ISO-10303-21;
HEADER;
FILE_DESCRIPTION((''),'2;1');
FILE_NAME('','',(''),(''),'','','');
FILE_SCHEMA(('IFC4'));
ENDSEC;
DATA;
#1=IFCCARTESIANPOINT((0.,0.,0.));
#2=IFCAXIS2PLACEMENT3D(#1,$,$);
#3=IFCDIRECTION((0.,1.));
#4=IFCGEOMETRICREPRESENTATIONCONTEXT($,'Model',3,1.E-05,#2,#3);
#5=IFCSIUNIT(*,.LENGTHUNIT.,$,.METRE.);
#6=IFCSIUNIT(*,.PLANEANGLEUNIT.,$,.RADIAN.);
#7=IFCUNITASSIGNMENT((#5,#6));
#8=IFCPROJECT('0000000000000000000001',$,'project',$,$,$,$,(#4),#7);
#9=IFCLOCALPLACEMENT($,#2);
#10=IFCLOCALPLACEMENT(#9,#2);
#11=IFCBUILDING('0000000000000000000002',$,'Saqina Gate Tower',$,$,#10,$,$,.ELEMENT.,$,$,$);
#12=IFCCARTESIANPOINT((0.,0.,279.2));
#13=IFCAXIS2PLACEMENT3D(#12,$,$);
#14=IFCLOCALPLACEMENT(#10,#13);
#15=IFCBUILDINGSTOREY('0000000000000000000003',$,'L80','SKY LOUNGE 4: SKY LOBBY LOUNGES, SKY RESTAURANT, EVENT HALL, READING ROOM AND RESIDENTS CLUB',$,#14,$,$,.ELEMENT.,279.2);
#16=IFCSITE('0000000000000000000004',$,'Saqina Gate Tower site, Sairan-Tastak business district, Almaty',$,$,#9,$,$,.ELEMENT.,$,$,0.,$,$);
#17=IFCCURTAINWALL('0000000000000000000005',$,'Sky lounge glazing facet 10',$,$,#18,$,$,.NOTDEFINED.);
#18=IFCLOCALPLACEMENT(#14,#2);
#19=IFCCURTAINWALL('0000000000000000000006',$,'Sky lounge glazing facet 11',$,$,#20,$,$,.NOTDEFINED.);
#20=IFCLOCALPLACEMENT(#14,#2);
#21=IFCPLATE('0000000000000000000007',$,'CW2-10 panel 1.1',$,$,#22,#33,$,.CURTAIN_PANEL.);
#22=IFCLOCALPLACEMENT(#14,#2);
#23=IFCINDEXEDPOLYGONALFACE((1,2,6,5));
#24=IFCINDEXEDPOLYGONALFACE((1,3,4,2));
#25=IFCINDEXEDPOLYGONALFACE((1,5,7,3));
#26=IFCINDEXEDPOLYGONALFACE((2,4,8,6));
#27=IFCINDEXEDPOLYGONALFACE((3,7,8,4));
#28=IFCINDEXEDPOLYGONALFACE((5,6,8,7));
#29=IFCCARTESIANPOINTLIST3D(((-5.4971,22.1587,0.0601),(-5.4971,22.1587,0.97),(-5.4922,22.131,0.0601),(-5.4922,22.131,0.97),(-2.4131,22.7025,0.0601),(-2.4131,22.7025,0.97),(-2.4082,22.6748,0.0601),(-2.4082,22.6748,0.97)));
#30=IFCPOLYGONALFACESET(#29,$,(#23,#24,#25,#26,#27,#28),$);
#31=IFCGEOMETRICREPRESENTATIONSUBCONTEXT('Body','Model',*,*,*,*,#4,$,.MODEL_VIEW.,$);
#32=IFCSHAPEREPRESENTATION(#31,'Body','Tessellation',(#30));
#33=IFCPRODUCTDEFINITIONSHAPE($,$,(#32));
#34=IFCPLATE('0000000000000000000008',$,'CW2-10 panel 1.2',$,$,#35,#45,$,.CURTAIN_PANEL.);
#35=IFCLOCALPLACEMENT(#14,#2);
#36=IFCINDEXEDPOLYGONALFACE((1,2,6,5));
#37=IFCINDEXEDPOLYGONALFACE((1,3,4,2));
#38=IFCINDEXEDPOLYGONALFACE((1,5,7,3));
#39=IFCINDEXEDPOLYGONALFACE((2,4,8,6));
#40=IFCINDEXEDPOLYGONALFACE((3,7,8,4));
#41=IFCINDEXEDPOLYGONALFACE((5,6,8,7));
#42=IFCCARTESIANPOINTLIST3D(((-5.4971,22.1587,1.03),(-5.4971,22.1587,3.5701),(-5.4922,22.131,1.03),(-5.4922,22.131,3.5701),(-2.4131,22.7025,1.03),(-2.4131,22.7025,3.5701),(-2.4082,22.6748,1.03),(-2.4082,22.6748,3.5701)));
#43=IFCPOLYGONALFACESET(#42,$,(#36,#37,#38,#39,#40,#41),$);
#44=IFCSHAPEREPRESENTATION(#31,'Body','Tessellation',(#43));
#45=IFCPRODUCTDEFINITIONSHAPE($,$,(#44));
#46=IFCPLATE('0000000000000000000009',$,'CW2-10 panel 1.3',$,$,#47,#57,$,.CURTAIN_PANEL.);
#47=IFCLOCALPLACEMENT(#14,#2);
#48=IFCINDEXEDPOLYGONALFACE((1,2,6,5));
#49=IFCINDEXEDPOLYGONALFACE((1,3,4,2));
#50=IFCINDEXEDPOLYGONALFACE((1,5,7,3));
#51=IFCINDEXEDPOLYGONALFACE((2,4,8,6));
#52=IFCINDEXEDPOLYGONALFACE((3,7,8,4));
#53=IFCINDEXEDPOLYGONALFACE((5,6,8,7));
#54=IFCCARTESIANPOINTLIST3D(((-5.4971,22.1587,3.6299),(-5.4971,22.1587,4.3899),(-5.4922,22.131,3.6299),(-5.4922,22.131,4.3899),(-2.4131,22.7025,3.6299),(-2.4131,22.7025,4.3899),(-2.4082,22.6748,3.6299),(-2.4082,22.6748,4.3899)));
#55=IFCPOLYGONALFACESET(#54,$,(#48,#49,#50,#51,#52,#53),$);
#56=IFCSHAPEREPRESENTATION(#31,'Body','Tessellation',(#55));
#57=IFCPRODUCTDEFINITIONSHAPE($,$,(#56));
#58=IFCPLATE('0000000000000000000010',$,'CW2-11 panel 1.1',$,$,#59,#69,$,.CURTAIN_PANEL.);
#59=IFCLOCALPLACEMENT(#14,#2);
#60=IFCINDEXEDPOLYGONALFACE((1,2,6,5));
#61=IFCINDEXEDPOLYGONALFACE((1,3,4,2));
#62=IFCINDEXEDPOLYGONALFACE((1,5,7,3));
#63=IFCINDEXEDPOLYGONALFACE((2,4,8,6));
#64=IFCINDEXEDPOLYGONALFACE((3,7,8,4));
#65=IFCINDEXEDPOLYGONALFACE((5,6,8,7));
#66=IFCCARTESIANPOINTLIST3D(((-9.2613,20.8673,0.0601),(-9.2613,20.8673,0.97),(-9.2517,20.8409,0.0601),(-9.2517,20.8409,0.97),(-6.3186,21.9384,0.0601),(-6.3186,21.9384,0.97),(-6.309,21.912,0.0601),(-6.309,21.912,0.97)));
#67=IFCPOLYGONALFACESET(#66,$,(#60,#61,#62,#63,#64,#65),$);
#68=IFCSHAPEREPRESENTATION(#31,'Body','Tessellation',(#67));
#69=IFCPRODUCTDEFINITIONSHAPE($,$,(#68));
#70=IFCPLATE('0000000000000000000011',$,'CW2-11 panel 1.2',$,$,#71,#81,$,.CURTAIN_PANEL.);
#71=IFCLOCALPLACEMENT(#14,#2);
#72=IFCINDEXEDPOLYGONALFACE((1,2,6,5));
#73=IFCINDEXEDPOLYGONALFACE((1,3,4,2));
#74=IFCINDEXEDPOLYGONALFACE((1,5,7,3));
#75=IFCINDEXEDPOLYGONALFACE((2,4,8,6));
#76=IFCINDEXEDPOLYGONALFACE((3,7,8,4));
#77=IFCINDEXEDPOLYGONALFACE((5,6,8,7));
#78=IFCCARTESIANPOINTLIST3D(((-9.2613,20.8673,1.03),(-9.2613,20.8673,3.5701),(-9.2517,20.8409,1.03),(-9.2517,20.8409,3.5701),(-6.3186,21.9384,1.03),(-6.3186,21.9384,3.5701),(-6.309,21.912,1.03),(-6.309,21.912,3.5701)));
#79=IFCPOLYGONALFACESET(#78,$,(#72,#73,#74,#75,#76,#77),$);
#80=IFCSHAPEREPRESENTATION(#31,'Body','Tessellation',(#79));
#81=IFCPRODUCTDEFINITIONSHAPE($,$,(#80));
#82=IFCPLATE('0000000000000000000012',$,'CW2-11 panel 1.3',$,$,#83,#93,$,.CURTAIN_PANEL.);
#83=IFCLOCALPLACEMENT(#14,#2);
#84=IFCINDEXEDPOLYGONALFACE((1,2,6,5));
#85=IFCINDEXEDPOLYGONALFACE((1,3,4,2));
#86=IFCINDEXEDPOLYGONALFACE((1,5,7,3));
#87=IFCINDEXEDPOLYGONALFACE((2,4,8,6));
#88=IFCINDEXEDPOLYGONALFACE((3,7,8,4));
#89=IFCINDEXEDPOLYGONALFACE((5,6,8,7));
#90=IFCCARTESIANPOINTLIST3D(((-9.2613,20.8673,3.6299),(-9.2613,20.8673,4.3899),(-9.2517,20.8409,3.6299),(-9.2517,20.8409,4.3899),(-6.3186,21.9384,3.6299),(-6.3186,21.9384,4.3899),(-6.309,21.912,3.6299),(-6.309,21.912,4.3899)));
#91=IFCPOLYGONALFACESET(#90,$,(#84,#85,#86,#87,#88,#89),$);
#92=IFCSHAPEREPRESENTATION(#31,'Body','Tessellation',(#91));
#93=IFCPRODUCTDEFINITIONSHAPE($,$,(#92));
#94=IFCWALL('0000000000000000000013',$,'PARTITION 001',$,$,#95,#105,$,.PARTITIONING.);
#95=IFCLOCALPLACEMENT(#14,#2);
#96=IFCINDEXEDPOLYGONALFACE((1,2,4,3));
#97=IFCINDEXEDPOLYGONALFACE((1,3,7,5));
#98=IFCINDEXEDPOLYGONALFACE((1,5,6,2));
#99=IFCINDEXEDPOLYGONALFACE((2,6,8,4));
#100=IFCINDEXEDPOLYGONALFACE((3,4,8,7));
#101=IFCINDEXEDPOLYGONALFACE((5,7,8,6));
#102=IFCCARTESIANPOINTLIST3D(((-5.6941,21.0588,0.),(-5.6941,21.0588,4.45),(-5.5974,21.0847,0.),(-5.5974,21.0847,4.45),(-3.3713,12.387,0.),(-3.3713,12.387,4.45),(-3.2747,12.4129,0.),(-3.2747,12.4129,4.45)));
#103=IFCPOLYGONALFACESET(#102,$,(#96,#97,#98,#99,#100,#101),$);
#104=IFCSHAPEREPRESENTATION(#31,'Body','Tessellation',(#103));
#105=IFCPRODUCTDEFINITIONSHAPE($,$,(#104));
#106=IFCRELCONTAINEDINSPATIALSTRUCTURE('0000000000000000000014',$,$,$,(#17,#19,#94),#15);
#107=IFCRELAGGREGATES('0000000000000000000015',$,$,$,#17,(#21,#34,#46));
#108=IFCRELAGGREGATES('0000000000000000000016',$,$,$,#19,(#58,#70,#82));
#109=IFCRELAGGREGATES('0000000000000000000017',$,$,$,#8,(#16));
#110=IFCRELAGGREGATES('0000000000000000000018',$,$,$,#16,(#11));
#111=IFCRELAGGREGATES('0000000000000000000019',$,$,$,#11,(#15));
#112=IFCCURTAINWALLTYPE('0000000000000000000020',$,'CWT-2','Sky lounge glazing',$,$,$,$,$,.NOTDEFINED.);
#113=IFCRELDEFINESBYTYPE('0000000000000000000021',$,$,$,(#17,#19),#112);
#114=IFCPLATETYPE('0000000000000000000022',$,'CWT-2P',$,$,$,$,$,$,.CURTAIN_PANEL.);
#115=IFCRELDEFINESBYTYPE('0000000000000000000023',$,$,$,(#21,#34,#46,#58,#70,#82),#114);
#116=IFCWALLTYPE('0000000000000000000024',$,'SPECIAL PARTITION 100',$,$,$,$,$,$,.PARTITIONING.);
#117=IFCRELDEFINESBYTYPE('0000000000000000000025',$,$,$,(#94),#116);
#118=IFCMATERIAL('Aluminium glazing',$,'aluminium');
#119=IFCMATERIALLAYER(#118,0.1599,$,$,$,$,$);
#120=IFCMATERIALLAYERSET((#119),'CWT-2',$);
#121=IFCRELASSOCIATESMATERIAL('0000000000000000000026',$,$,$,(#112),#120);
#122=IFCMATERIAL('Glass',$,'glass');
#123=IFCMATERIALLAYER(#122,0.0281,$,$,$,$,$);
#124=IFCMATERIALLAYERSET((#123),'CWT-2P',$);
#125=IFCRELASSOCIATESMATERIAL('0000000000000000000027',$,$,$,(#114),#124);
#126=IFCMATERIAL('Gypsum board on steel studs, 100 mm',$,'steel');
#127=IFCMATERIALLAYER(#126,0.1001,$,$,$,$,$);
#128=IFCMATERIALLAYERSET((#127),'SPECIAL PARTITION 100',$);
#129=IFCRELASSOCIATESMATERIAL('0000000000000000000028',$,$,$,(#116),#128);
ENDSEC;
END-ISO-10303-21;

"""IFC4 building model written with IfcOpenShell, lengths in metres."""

from ifc_helpers import new_model, si_unit, direction, frame, frame_2d, origin, origin_2d, place, context, subcontext, project, spatial, rectangle, extrude, material, layer, layer_set, type_object, element, aggregate, save


model = new_model("IFC4")

# Units and contexts
model_context = context("Model", 3, precision=1e-05, world=origin(), true_north=direction((0.0, 1.0)))
body_context = subcontext(model_context, "Body", "Model", "MODEL_VIEW")
ifc_project = project(units=[si_unit("LENGTHUNIT", "METRE"), si_unit("PLANEANGLEUNIT", "RADIAN")], contexts=[model_context])

# Site, building, storey
site_placement = place(None, origin())
site = spatial("IfcSite", under=ifc_project, at=site_placement, Name="Saqina Gate Tower site, Sairan-Tastak business district, Almaty", CompositionType="ELEMENT", RefElevation=0.0)
building_placement = place(site_placement, origin())
building = spatial("IfcBuilding", under=site, at=building_placement, Name="Saqina Gate Tower", CompositionType="ELEMENT")
storey_placement = place(building_placement, frame((0.0, 0.0, 279.2)))
storey = spatial("IfcBuildingStorey", under=building, at=storey_placement, Name="L80", Description="SKY LOUNGE 4: SKY LOBBY LOUNGES, SKY RESTAURANT, EVENT HALL, READING ROOM AND RESIDENTS CLUB", CompositionType="ELEMENT", Elevation=279.2)

# Shared definitions
ifc_material_1 = material(Name="Aluminium glazing", Category="aluminium")
ifc_layer_1 = layer(ifc_material_1, 0.1599)
ifc_layer_set_1 = layer_set([ifc_layer_1], Name="CWT-2")
curtain_wall_type = type_object("IfcCurtainWallType", Name="CWT-2", Description="Sky lounge glazing", PredefinedType="NOTDEFINED", material=ifc_layer_set_1)

# Curtain wall
curtain_wall_1_placement = place(storey_placement, origin())
curtain_wall_1 = element("IfcCurtainWall", 1, at=curtain_wall_1_placement, inside=storey, type_object=curtain_wall_type, Name="Sky lounge glazing facet 10", PredefinedType="NOTDEFINED")

# Curtain wall
curtain_wall_2_placement = place(storey_placement, origin())
curtain_wall_2 = element("IfcCurtainWall", 2, at=curtain_wall_2_placement, inside=storey, type_object=curtain_wall_type, Name="Sky lounge glazing facet 11", PredefinedType="NOTDEFINED")

# Plates
ifc_material_2 = material(Name="Glass", Category="glass")
ifc_layer_2 = layer(ifc_material_2, 0.0281)
ifc_layer_set_2 = layer_set([ifc_layer_2], Name="CWT-2P")
plate_type = type_object("IfcPlateType", Name="CWT-2P", PredefinedType="CURTAIN_PANEL", material=ifc_layer_set_2)
plate_1_placement = place(storey_placement, frame((-3.9526, 22.4167, 0.0601), z_axis=(0.0, 0.0, 1.0), x_axis=(-0.984805, -0.173663, 0.0)))
plate_1 = element("IfcPlate", 3, at=plate_1_placement, type_object=plate_type, Name="CW2-10 panel 1.1", PredefinedType="CURTAIN_PANEL", context=body_context, shape_type="SweptSolid", body=[
    extrude(rectangle(XDim=3.1316, YDim=0.0281, at=origin_2d()), origin(), (0.0, 0.0, 1.0), 0.9099),
])
plate_2_placement = place(storey_placement, frame((-3.9526, 22.4167, 1.03), z_axis=(0.0, 0.0, 1.0), x_axis=(-0.984805, -0.173663, 0.0)))
plate_2 = element("IfcPlate", 4, at=plate_2_placement, type_object=plate_type, Name="CW2-10 panel 1.2", PredefinedType="CURTAIN_PANEL", context=body_context, shape_type="SweptSolid", body=[
    extrude(rectangle(XDim=3.1316, YDim=0.0281, at=origin_2d()), origin(), (0.0, 0.0, 1.0), 2.54),
])
plate_3_placement = place(storey_placement, frame((-3.9526, 22.4167, 3.6299), z_axis=(0.0, 0.0, 1.0), x_axis=(-0.984805, -0.173663, 0.0)))
plate_3 = element("IfcPlate", 5, at=plate_3_placement, type_object=plate_type, Name="CW2-10 panel 1.3", PredefinedType="CURTAIN_PANEL", context=body_context, shape_type="SweptSolid", body=[
    extrude(rectangle(XDim=3.1316, YDim=0.0281, at=origin_2d()), origin(), (0.0, 0.0, 1.0), 0.76),
])
aggregate(curtain_wall_1, [plate_1, plate_2, plate_3])
plate_4_placement = place(storey_placement, frame((-7.7852, 21.3896, 0.0601), z_axis=(0.0, 0.0, 1.0), x_axis=(-0.939697, -0.342007, 0.0)))
plate_4 = element("IfcPlate", 6, at=plate_4_placement, type_object=plate_type, Name="CW2-11 panel 1.1", PredefinedType="CURTAIN_PANEL", context=body_context, shape_type="SweptSolid", body=[
    extrude(rectangle(XDim=3.1316, YDim=0.0281, at=origin_2d()), origin(), (0.0, 0.0, 1.0), 0.9099),
])
plate_5_placement = place(storey_placement, frame((-7.7852, 21.3896, 1.03), z_axis=(0.0, 0.0, 1.0), x_axis=(-0.939697, -0.342007, 0.0)))
plate_5 = element("IfcPlate", 7, at=plate_5_placement, type_object=plate_type, Name="CW2-11 panel 1.2", PredefinedType="CURTAIN_PANEL", context=body_context, shape_type="SweptSolid", body=[
    extrude(rectangle(XDim=3.1316, YDim=0.0281, at=origin_2d()), origin(), (0.0, 0.0, 1.0), 2.54),
])
plate_6_placement = place(storey_placement, frame((-7.7852, 21.3896, 3.6299), z_axis=(0.0, 0.0, 1.0), x_axis=(-0.939697, -0.342007, 0.0)))
plate_6 = element("IfcPlate", 8, at=plate_6_placement, type_object=plate_type, Name="CW2-11 panel 1.3", PredefinedType="CURTAIN_PANEL", context=body_context, shape_type="SweptSolid", body=[
    extrude(rectangle(XDim=3.1316, YDim=0.0281, at=origin_2d()), origin(), (0.0, 0.0, 1.0), 0.76),
])
aggregate(curtain_wall_2, [plate_4, plate_5, plate_6])

# Wall
ifc_material_3 = material(Name="Gypsum board on steel studs, 100 mm", Category="steel")
ifc_layer_3 = layer(ifc_material_3, 0.1001)
ifc_layer_set_3 = layer_set([ifc_layer_3], Name="SPECIAL PARTITION 100")
wall_type = type_object("IfcWallType", Name="SPECIAL PARTITION 100", PredefinedType="PARTITIONING", material=ifc_layer_set_3)
wall_placement = place(storey_placement, frame((-5.6458, 21.0718, 0.0), z_axis=(0.0, 0.0, 1.0), x_axis=(0.258729, -0.96595, 0.0)))
element("IfcWall", 9, at=wall_placement, inside=storey, type_object=wall_type, Name="PARTITION 001", PredefinedType="PARTITIONING", context=body_context, shape_type="SweptSolid", body=[
    extrude(rectangle(XDim=8.9775, YDim=0.1001, at=frame_2d((4.4888, 0.0))), origin(), (0.0, 0.0, 1.0), 4.45),
])

save(model, "model.ifc")
